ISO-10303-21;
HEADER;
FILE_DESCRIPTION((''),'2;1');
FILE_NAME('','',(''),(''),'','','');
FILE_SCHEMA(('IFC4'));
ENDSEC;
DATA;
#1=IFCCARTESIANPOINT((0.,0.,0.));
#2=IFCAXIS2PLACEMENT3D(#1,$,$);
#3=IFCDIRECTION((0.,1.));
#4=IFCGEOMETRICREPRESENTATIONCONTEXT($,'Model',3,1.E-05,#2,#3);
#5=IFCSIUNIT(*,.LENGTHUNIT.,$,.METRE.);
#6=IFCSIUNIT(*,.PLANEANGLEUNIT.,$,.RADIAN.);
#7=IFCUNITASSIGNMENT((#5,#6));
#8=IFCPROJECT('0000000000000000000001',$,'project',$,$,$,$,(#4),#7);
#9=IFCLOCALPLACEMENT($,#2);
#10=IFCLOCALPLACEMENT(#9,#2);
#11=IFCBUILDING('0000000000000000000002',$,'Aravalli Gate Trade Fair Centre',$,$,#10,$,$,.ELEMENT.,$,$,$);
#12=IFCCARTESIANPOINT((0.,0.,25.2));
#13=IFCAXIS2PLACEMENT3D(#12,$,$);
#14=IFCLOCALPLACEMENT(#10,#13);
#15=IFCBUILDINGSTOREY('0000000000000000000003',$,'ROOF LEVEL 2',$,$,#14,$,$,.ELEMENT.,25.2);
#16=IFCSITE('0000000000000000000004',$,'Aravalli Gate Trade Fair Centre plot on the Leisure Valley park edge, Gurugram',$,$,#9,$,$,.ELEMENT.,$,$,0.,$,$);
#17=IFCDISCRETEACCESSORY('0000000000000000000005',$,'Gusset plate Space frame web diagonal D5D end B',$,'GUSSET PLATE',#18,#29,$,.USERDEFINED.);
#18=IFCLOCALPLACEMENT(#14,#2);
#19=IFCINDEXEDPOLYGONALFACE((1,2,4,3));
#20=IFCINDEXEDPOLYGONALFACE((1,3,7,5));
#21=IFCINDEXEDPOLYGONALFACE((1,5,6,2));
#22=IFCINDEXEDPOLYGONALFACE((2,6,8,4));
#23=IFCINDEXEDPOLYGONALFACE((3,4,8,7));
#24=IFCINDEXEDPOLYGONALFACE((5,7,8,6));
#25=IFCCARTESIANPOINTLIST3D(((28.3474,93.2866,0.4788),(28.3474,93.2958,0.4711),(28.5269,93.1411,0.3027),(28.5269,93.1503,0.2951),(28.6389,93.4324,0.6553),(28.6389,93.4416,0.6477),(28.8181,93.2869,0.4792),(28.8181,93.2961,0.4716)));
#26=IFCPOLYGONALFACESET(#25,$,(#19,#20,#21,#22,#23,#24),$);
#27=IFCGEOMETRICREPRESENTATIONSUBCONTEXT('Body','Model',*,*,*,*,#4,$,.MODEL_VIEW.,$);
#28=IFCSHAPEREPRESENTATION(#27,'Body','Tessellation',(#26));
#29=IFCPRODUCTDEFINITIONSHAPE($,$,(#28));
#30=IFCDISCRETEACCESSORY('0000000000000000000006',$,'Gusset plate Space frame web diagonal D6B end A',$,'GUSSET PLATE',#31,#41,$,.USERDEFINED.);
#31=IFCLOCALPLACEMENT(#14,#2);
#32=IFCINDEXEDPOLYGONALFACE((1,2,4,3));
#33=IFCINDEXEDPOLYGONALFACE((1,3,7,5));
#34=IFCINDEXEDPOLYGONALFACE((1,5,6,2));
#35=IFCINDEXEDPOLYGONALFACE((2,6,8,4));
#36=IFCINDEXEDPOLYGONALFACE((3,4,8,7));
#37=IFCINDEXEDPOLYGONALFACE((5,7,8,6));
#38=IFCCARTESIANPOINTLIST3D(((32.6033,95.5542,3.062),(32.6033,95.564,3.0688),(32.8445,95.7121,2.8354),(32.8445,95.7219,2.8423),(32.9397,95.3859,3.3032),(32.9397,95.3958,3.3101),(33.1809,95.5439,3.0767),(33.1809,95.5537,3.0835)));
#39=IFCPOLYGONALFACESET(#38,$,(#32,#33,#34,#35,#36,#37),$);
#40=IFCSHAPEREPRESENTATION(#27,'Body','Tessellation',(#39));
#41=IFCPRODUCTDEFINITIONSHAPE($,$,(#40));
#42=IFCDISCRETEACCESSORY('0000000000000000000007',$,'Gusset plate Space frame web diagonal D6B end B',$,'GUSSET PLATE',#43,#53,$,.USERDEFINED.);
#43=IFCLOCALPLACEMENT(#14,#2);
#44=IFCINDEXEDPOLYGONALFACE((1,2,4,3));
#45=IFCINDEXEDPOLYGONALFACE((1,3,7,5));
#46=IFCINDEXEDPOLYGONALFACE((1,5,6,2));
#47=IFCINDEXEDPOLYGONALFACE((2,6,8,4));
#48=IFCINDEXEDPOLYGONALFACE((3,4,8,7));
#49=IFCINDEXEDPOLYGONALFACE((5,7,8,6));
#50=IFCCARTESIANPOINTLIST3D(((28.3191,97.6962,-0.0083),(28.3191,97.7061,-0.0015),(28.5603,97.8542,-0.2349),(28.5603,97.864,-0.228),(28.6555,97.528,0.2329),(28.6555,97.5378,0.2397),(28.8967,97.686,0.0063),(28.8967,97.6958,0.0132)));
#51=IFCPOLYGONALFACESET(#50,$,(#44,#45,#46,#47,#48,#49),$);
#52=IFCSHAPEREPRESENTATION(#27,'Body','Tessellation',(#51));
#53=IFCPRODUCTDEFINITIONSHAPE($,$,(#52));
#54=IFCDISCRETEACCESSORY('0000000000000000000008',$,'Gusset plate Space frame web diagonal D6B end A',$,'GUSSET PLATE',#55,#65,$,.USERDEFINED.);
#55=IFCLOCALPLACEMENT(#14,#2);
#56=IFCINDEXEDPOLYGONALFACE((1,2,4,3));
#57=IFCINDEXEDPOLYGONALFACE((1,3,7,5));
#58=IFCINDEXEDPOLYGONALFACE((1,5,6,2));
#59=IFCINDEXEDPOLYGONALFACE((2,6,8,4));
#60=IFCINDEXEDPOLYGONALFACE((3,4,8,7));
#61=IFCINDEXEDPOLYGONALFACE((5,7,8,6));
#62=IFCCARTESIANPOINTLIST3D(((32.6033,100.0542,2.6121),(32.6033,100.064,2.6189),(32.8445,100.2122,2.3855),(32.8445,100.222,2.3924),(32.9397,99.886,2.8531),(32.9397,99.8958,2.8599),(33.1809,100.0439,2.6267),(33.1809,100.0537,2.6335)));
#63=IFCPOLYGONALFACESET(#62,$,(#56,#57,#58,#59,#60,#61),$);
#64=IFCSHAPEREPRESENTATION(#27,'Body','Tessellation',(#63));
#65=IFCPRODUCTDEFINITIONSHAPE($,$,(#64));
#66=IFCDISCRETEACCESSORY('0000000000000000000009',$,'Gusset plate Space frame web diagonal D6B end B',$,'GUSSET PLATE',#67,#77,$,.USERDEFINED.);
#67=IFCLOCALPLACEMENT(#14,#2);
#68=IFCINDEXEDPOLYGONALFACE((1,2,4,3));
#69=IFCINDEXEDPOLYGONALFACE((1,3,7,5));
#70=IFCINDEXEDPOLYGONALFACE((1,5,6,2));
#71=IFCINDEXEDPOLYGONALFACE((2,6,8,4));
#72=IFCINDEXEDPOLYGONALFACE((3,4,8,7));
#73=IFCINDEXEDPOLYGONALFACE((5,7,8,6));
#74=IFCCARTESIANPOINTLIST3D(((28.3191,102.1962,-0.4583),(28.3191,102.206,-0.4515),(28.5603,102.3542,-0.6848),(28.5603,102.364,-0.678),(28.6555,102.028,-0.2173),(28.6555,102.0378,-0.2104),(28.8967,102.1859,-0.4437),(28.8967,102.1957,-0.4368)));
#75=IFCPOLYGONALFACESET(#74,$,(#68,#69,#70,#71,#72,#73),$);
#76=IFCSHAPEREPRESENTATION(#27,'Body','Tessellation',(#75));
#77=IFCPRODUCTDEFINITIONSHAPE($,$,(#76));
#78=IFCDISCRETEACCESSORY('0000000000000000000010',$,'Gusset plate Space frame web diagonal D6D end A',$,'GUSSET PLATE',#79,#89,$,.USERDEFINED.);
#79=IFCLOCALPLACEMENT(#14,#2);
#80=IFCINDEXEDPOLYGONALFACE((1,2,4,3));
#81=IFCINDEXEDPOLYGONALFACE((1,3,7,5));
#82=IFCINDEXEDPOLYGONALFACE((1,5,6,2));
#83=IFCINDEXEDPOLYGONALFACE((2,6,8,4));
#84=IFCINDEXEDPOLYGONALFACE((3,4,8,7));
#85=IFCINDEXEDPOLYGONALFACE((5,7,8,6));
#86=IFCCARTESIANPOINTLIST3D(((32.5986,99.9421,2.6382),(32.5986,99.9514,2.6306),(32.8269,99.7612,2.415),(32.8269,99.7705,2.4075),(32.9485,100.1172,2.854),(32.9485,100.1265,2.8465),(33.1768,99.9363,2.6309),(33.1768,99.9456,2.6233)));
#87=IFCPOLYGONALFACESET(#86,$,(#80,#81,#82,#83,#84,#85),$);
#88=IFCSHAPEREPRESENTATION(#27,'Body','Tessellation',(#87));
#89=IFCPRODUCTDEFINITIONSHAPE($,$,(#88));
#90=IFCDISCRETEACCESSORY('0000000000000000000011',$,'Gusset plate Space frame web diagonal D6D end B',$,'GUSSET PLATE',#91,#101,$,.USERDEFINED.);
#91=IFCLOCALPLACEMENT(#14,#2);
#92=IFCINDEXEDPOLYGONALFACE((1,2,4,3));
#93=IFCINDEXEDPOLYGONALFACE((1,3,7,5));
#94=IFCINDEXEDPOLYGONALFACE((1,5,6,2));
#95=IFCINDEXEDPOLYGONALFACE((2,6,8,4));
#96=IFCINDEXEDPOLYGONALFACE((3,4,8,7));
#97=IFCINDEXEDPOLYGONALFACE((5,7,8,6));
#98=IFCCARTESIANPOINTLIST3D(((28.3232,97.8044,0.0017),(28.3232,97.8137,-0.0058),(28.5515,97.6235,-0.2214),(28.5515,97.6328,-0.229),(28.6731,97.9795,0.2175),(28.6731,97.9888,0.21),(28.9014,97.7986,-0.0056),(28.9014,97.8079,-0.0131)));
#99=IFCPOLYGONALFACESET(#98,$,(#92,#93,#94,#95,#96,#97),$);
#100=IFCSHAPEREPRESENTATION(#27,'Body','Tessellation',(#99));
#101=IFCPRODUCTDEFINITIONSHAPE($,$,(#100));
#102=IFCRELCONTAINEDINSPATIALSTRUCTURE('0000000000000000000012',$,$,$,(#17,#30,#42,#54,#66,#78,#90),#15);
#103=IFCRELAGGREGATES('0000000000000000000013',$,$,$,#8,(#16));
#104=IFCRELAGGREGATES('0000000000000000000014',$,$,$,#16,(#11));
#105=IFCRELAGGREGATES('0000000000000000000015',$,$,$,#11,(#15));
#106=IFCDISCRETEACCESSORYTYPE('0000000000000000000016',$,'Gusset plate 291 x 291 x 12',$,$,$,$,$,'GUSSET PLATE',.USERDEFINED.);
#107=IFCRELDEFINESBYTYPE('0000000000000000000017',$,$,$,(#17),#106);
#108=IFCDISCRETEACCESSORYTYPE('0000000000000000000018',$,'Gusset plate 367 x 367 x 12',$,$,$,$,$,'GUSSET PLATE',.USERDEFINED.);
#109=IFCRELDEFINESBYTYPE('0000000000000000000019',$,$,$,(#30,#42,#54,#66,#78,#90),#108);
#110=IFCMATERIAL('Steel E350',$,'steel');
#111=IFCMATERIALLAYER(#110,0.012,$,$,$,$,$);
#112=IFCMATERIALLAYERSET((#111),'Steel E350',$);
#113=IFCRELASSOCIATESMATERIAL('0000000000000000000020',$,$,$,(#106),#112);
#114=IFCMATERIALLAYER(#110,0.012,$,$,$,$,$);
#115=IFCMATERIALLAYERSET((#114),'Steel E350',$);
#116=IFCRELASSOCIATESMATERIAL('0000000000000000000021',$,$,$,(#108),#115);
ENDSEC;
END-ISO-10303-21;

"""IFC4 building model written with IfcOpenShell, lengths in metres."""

from ifc_helpers import new_model, si_unit, direction, frame, origin, place, context, subcontext, project, spatial, polyline, outline, extrude, material, layer, layer_set, type_object, element, save


model = new_model("IFC4")

# Units and contexts
model_context = context("Model", 3, precision=1e-05, world=origin(), true_north=direction((0.0, 1.0)))
body_context = subcontext(model_context, "Body", "Model", "MODEL_VIEW")
ifc_project = project(units=[si_unit("LENGTHUNIT", "METRE"), si_unit("PLANEANGLEUNIT", "RADIAN")], contexts=[model_context])

# Site, building, storey
site_placement = place(None, origin())
site = spatial("IfcSite", under=ifc_project, at=site_placement, Name="Aravalli Gate Trade Fair Centre plot on the Leisure Valley park edge, Gurugram", CompositionType="ELEMENT", RefElevation=0.0)
building_placement = place(site_placement, origin())
building = spatial("IfcBuilding", under=site, at=building_placement, Name="Aravalli Gate Trade Fair Centre", CompositionType="ELEMENT")
storey_placement = place(building_placement, frame((0.0, 0.0, 25.2)))
storey = spatial("IfcBuildingStorey", under=building, at=storey_placement, Name="ROOF LEVEL 2", CompositionType="ELEMENT", Elevation=25.2)

# Shared definitions
ifc_material_1 = material(Name="Steel E350", Category="steel")

# Discrete accessories
ifc_layer_1 = layer(ifc_material_1, 0.012)
ifc_layer_set_1 = layer_set([ifc_layer_1], Name="Steel E350")
discrete_accessory_type_1 = type_object("IfcDiscreteAccessoryType", Name="Gusset plate 291 x 291 x 12", ElementType="GUSSET PLATE", PredefinedType="USERDEFINED", material=ifc_layer_set_1)
discrete_accessory_1_placement = place(storey_placement, frame((28.6389, 93.4324, 0.6553), z_axis=(-0.000261, -0.770887, 0.636972), x_axis=(-0.786484, -0.393242, -0.476238)))
element("IfcDiscreteAccessory", 1, at=discrete_accessory_1_placement, inside=storey, type_object=discrete_accessory_type_1, Name="Gusset plate Space frame web diagonal D5D end B", ObjectType="GUSSET PLATE", PredefinedType="USERDEFINED", context=body_context, shape_type="SweptSolid", body=[
    extrude(outline(polyline([(0.0, 0.0), (0.3706, 0.0), (0.3706, 0.2904), (0.0001, 0.2903), (0.0, 0.0)])), origin(), (0.0, 0.0, -1.0), 0.012),
])
ifc_layer_2 = layer(ifc_material_1, 0.012)
ifc_layer_set_2 = layer_set([ifc_layer_2], Name="Steel E350")
discrete_accessory_type_2 = type_object("IfcDiscreteAccessoryType", Name="Gusset plate 367 x 367 x 12", ElementType="GUSSET PLATE", PredefinedType="USERDEFINED", material=ifc_layer_set_2)
discrete_accessory_2_placement = place(storey_placement, frame((32.6033, 95.564, 3.0688), z_axis=(0.000057, 0.820282, 0.57196), x_axis=(0.75291, -0.376455, 0.539822)))
element("IfcDiscreteAccessory", 2, at=discrete_accessory_2_placement, inside=storey, type_object=discrete_accessory_type_2, Name="Gusset plate Space frame web diagonal D6B end A", ObjectType="GUSSET PLATE", PredefinedType="USERDEFINED", context=body_context, shape_type="SweptSolid", body=[
    extrude(outline(polyline([(0.0, 0.0), (0.4468, 0.0), (0.4467, 0.3667), (-0.0002, 0.3667), (0.0, 0.0)])), origin(), (0.0, 0.0, -1.0), 0.012),
])
discrete_accessory_3_placement = place(storey_placement, frame((28.6555, 97.5378, 0.2397), z_axis=(0.000057, 0.820282, 0.57196), x_axis=(-0.75291, 0.376455, -0.539822)))
element("IfcDiscreteAccessory", 3, at=discrete_accessory_3_placement, inside=storey, type_object=discrete_accessory_type_2, Name="Gusset plate Space frame web diagonal D6B end B", ObjectType="GUSSET PLATE", PredefinedType="USERDEFINED", context=body_context, shape_type="SweptSolid", body=[
    extrude(outline(polyline([(0.0, 0.0), (0.4468, 0.0), (0.447, -0.3667), (0.0002, -0.3667), (0.0, 0.0)])), origin(), (0.0, 0.0, -1.0), 0.012),
])
discrete_accessory_4_placement = place(storey_placement, frame((32.6033, 100.064, 2.6189), z_axis=(0.000049, 0.820141, 0.572161), x_axis=(0.753132, -0.376438, 0.539524)))
element("IfcDiscreteAccessory", 4, at=discrete_accessory_4_placement, inside=storey, type_object=discrete_accessory_type_2, Name="Gusset plate Space frame web diagonal D6B end A", ObjectType="GUSSET PLATE", PredefinedType="USERDEFINED", context=body_context, shape_type="SweptSolid", body=[
    extrude(outline(polyline([(0.0, 0.0), (0.4467, 0.0), (0.4468, 0.3665), (0.0, 0.3667), (0.0, 0.0)])), origin(), (0.0, 0.0, -1.0), 0.012),
])
discrete_accessory_5_placement = place(storey_placement, frame((28.6555, 102.0378, -0.2104), z_axis=(0.000049, 0.820141, 0.572161), x_axis=(-0.753132, 0.376438, -0.539524)))
element("IfcDiscreteAccessory", 5, at=discrete_accessory_5_placement, inside=storey, type_object=discrete_accessory_type_2, Name="Gusset plate Space frame web diagonal D6B end B", ObjectType="GUSSET PLATE", PredefinedType="USERDEFINED", context=body_context, shape_type="SweptSolid", body=[
    extrude(outline(polyline([(0.0, 0.0), (0.4467, 0.0), (0.4467, -0.3667), (-0.0001, -0.3665), (0.0, 0.0)])), origin(), (0.0, 0.0, -1.0), 0.012),
])
discrete_accessory_6_placement = place(storey_placement, frame((32.5986, 99.9421, 2.6382), z_axis=(0.000107, -0.776736, 0.629826), x_axis=(0.783044, 0.391795, 0.48305)))
element("IfcDiscreteAccessory", 6, at=discrete_accessory_6_placement, inside=storey, type_object=discrete_accessory_type_2, Name="Gusset plate Space frame web diagonal D6D end A", ObjectType="GUSSET PLATE", PredefinedType="USERDEFINED", context=body_context, shape_type="SweptSolid", body=[
    extrude(outline(polyline([(0.0, 0.0), (0.4468, 0.0), (0.4469, -0.3669), (0.0001, -0.3669), (0.0, 0.0)])), origin(), (0.0, 0.0, -1.0), 0.012),
])
discrete_accessory_7_placement = place(storey_placement, frame((28.6731, 97.9795, 0.2175), z_axis=(0.000107, -0.776736, 0.629826), x_axis=(-0.783044, -0.391795, -0.48305)))
element("IfcDiscreteAccessory", 7, at=discrete_accessory_7_placement, inside=storey, type_object=discrete_accessory_type_2, Name="Gusset plate Space frame web diagonal D6D end B", ObjectType="GUSSET PLATE", PredefinedType="USERDEFINED", context=body_context, shape_type="SweptSolid", body=[
    extrude(outline(polyline([(0.0, 0.0), (0.4468, 0.0), (0.4467, 0.3669), (-0.0001, 0.3669), (0.0, 0.0)])), origin(), (0.0, 0.0, -1.0), 0.012),
])

save(model, "model.ifc")
